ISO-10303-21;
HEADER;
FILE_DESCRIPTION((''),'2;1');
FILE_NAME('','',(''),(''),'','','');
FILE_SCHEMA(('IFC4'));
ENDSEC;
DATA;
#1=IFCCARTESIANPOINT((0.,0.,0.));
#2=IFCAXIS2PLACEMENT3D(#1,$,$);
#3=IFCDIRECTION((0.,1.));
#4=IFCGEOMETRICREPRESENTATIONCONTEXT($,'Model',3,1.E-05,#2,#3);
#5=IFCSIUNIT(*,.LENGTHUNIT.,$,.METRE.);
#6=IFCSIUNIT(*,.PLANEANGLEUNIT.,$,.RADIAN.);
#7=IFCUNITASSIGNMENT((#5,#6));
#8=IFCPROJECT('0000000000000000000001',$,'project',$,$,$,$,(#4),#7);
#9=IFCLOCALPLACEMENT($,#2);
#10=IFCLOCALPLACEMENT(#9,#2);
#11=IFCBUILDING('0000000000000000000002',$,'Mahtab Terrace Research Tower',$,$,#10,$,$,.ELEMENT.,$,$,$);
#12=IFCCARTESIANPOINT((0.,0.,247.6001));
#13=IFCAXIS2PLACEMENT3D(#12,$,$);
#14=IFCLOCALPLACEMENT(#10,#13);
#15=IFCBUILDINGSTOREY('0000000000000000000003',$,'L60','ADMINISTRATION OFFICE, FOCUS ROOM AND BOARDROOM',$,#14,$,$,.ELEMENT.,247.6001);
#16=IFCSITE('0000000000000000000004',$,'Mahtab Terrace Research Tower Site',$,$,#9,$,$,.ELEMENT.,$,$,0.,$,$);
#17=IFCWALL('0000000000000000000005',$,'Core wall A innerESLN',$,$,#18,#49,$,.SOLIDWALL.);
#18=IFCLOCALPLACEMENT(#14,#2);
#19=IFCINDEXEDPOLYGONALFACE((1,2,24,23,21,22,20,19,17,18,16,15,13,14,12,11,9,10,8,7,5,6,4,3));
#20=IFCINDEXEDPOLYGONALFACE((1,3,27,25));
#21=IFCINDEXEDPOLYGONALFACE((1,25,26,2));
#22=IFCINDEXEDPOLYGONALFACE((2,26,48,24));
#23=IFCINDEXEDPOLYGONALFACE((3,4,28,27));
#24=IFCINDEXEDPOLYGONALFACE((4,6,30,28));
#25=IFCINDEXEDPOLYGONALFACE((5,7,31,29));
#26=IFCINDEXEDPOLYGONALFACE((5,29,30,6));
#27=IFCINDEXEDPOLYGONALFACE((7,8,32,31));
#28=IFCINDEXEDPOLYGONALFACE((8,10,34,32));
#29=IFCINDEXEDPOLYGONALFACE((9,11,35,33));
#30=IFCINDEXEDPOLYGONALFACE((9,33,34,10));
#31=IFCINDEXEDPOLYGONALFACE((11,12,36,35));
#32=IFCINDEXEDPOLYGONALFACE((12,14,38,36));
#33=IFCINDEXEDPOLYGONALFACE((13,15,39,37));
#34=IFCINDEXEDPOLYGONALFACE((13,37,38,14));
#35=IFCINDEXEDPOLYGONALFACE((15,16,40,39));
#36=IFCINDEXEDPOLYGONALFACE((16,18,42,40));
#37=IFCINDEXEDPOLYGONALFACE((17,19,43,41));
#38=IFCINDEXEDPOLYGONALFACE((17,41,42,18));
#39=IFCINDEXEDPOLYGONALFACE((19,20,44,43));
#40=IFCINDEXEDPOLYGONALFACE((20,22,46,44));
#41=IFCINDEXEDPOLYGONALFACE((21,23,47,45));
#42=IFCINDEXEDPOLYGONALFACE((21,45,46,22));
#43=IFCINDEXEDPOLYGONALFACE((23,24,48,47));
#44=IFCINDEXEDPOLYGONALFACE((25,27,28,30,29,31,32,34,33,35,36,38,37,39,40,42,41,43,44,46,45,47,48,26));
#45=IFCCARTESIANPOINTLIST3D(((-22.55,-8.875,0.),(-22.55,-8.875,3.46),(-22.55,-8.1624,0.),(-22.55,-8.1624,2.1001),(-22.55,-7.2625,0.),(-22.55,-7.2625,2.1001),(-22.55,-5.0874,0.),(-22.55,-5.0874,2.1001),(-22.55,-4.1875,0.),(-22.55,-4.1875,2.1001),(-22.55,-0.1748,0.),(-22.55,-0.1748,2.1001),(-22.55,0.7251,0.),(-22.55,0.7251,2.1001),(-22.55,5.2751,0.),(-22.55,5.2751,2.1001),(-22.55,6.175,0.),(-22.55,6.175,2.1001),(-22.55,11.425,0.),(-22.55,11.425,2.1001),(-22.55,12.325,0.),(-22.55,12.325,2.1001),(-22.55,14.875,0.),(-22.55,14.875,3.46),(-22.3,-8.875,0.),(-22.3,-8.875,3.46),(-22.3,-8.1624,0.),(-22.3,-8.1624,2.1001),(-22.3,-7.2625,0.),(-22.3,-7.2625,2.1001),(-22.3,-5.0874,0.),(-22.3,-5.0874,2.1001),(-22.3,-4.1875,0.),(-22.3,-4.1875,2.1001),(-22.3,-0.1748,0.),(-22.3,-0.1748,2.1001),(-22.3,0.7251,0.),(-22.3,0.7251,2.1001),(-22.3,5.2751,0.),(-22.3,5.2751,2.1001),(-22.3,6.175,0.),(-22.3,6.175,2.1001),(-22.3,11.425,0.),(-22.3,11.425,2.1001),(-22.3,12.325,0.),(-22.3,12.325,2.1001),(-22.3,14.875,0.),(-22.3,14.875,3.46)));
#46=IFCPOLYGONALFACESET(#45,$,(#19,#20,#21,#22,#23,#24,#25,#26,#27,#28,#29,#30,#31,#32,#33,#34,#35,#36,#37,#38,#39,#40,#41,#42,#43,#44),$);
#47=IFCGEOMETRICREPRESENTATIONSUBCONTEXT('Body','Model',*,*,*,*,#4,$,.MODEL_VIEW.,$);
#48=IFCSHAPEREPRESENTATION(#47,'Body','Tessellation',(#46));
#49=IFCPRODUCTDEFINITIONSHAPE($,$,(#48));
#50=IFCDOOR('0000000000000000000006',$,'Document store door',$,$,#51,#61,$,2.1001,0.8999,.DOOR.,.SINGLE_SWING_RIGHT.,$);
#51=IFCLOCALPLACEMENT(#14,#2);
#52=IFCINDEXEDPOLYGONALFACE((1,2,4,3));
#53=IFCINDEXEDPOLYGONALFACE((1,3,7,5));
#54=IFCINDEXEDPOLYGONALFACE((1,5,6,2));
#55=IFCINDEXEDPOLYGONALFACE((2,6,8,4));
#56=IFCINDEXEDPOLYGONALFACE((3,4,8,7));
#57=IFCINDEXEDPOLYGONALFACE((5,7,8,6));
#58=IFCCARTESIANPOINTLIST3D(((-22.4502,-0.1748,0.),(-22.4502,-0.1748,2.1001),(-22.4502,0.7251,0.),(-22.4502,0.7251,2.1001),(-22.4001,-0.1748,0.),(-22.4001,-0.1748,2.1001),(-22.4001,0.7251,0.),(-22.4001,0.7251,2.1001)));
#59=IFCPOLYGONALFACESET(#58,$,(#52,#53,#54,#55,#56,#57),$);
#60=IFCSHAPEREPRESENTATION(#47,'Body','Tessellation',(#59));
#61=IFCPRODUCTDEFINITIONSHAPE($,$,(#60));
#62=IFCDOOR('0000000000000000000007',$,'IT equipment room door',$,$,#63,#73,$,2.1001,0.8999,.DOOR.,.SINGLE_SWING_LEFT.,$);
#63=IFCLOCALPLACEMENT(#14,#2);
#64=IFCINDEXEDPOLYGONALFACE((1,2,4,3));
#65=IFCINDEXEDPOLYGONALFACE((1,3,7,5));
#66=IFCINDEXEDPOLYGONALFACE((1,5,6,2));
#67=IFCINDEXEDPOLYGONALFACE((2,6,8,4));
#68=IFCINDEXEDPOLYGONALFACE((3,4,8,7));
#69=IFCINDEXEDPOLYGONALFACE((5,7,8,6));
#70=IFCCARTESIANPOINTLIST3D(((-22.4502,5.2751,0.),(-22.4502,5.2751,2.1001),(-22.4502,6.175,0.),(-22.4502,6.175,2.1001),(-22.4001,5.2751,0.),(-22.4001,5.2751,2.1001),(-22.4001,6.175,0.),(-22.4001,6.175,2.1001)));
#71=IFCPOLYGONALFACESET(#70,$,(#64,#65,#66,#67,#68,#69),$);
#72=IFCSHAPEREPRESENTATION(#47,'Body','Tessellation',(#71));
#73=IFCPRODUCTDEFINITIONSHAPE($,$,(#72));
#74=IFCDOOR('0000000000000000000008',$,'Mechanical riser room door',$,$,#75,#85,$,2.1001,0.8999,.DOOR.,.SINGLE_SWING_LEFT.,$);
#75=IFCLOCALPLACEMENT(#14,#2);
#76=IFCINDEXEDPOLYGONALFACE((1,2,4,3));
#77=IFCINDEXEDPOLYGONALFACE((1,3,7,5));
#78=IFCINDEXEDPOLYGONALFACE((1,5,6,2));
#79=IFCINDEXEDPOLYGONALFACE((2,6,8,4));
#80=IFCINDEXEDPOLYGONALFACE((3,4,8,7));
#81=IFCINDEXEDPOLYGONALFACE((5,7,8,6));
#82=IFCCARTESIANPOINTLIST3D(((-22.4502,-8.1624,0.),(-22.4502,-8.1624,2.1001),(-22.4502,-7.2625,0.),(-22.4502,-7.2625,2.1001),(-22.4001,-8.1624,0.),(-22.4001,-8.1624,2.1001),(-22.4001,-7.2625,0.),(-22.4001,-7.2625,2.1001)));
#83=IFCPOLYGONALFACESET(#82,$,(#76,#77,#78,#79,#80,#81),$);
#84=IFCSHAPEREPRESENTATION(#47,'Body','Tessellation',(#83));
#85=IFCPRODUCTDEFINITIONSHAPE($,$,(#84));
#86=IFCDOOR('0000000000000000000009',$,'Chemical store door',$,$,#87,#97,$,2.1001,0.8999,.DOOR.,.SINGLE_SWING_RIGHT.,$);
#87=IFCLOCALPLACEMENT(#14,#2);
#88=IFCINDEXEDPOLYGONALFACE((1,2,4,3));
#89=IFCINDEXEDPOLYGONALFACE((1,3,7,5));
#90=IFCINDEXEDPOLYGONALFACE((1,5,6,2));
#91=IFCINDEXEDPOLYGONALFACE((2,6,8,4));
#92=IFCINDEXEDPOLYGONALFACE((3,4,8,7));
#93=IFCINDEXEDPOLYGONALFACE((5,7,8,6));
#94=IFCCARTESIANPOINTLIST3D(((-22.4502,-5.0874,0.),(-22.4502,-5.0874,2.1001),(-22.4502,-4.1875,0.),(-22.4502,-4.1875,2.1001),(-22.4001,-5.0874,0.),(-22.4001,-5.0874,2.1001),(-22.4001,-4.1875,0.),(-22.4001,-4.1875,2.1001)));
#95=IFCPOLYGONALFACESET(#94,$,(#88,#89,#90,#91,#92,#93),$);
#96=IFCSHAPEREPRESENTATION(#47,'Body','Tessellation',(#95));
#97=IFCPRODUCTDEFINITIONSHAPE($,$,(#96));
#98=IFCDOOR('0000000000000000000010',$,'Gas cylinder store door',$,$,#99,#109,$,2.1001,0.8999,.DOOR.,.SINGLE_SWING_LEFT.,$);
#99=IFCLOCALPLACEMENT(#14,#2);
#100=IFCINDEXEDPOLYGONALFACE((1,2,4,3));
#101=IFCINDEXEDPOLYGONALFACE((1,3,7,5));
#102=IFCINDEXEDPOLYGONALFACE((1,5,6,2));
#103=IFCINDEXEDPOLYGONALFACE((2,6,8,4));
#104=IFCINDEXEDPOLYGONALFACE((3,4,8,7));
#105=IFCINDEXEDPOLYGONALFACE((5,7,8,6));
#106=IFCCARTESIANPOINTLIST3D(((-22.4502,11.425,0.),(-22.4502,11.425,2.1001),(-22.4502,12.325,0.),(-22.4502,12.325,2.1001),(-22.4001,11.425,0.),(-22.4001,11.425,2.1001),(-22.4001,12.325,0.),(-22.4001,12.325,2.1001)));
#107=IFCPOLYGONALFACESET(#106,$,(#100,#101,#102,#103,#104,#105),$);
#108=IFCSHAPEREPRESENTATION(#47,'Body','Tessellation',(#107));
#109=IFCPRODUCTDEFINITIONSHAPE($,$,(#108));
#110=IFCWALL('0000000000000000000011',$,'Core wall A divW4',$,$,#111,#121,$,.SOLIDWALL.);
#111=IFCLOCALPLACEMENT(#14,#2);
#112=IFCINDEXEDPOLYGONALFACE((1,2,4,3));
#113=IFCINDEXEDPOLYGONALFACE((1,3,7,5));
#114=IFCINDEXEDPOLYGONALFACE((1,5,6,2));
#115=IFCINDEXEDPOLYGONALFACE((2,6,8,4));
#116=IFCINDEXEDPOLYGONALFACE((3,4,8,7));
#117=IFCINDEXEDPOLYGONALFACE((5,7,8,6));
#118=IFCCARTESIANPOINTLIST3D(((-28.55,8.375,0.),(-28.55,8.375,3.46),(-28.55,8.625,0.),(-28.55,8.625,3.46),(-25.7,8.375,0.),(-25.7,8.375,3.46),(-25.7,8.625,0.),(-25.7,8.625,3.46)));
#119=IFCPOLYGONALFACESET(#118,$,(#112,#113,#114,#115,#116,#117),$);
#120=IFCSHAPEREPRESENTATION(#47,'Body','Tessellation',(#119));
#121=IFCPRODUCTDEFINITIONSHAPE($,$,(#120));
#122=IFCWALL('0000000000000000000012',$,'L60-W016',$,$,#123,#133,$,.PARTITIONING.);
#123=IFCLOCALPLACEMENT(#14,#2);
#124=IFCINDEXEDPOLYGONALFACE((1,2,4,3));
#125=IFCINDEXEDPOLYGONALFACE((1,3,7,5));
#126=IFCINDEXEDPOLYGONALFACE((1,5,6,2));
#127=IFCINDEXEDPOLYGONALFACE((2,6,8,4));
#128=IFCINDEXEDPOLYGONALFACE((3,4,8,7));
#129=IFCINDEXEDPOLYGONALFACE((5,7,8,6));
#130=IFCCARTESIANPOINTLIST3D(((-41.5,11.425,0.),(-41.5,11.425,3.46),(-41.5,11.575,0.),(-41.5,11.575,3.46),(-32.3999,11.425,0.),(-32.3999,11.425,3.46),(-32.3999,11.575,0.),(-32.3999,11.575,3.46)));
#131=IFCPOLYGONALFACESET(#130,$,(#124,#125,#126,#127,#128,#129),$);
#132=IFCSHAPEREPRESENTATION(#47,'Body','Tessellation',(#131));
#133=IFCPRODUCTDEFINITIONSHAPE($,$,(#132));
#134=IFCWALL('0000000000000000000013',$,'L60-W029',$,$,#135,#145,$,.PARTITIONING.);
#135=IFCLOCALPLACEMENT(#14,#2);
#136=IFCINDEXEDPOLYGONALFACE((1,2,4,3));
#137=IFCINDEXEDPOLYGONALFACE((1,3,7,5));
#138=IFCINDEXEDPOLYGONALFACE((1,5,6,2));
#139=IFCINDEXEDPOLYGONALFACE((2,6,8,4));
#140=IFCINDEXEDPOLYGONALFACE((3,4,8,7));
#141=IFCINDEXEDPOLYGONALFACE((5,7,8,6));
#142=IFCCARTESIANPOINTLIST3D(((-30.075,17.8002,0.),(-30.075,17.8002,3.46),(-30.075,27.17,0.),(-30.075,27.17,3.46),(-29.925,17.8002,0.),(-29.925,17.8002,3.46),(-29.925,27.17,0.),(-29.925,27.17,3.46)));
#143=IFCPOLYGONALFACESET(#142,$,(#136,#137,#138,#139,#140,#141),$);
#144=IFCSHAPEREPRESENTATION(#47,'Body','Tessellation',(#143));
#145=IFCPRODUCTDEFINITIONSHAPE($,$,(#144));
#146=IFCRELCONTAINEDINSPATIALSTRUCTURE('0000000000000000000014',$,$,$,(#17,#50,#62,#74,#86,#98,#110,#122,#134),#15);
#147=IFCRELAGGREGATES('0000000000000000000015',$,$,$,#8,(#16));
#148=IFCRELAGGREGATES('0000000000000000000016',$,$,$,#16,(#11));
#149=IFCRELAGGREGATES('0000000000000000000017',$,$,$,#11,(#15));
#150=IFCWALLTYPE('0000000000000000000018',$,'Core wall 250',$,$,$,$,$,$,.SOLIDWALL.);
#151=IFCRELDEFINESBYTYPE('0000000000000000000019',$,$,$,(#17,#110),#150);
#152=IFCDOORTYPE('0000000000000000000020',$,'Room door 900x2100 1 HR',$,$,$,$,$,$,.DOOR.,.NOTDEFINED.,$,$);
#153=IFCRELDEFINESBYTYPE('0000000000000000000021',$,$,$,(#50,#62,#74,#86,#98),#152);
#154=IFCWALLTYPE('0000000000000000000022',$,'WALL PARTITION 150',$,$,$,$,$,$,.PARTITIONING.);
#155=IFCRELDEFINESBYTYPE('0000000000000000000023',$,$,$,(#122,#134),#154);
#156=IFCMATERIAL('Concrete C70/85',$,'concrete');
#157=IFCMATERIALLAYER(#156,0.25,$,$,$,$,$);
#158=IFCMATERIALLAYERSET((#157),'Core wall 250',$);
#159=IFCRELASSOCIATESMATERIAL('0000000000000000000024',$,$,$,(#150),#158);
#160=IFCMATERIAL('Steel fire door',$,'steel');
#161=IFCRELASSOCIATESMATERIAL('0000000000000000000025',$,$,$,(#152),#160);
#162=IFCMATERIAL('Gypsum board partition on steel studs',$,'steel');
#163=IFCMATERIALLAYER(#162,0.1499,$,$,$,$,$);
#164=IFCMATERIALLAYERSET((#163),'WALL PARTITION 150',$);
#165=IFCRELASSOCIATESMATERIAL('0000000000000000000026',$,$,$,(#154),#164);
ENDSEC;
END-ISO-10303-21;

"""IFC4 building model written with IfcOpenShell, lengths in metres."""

from ifc_helpers import new_model, si_unit, direction, frame, frame_2d, origin, place, context, subcontext, project, spatial, rectangle, extrude, material, layer, layer_set, type_object, element, fill, save


model = new_model("IFC4")

# Units and contexts
model_context = context("Model", 3, precision=1e-05, world=origin(), true_north=direction((0.0, 1.0)))
body_context = subcontext(model_context, "Body", "Model", "MODEL_VIEW")
ifc_project = project(units=[si_unit("LENGTHUNIT", "METRE"), si_unit("PLANEANGLEUNIT", "RADIAN")], contexts=[model_context])

# Site, building, storey
site_placement = place(None, origin())
site = spatial("IfcSite", under=ifc_project, at=site_placement, Name="Mahtab Terrace Research Tower Site", CompositionType="ELEMENT", RefElevation=0.0)
building_placement = place(site_placement, origin())
building = spatial("IfcBuilding", under=site, at=building_placement, Name="Mahtab Terrace Research Tower", CompositionType="ELEMENT")
storey_placement = place(building_placement, frame((0.0, 0.0, 247.6001)))
storey = spatial("IfcBuildingStorey", under=building, at=storey_placement, Name="L60", Description="ADMINISTRATION OFFICE, FOCUS ROOM AND BOARDROOM", CompositionType="ELEMENT", Elevation=247.6001)

# Shared definitions
ifc_material_1 = material(Name="Concrete C70/85", Category="concrete")

# Shared definitions
ifc_layer_1 = layer(ifc_material_1, 0.25)
ifc_layer_set_1 = layer_set([ifc_layer_1], Name="Core wall 250")
wall_type_1 = type_object("IfcWallType", Name="Core wall 250", PredefinedType="SOLIDWALL", material=ifc_layer_set_1)

# Shared definitions
ifc_material_2 = material(Name="Steel fire door", Category="steel")

# Wall, openings, doors
wall_1_placement = place(storey_placement, frame((-22.425, 14.875, 0.0), z_axis=(0.0, 0.0, 1.0), x_axis=(0.0, -1.0, 0.0)))
wall_1 = element("IfcWall", 1, at=wall_1_placement, inside=storey, type_object=wall_type_1, Name="Core wall A innerESLN", PredefinedType="SOLIDWALL", context=body_context, shape_type="SweptSolid", body=[
    extrude(rectangle(XDim=23.75, YDim=0.25, at=frame_2d((11.875, 0.0))), origin(), (0.0, 0.0, 1.0), 3.46),
])
opening_1_placement = place(wall_1_placement, frame((14.1499, 0.0, 0.0)))
opening_1 = element("IfcOpeningElement", 2, at=opening_1_placement, cuts=wall_1, PredefinedType="OPENING", context=body_context, shape_type="SweptSolid", body=[
    extrude(rectangle(XDim=0.8999, YDim=2.1001, at=frame_2d((0.45, 1.05))), frame((0.0, 0.135, 0.0), z_axis=(0.0, -1.0, 0.0), x_axis=(1.0, 0.0, 0.0)), (0.0, 0.0, 1.0), 0.27),
])
opening_2_placement = place(wall_1_placement, frame((8.7, 0.0, 0.0)))
opening_2 = element("IfcOpeningElement", 3, at=opening_2_placement, cuts=wall_1, PredefinedType="OPENING", context=body_context, shape_type="SweptSolid", body=[
    extrude(rectangle(XDim=0.8999, YDim=2.1001, at=frame_2d((0.45, 1.05))), frame((0.0, 0.135, 0.0), z_axis=(0.0, -1.0, 0.0), x_axis=(1.0, 0.0, 0.0)), (0.0, 0.0, 1.0), 0.27),
])
opening_3_placement = place(wall_1_placement, frame((22.1375, 0.0, 0.0)))
opening_3 = element("IfcOpeningElement", 4, at=opening_3_placement, cuts=wall_1, PredefinedType="OPENING", context=body_context, shape_type="SweptSolid", body=[
    extrude(rectangle(XDim=0.8999, YDim=2.1001, at=frame_2d((0.45, 1.05))), frame((0.0, 0.135, 0.0), z_axis=(0.0, -1.0, 0.0), x_axis=(1.0, 0.0, 0.0)), (0.0, 0.0, 1.0), 0.27),
])
opening_4_placement = place(wall_1_placement, frame((19.0625, 0.0, 0.0)))
opening_4 = element("IfcOpeningElement", 5, at=opening_4_placement, cuts=wall_1, PredefinedType="OPENING", context=body_context, shape_type="SweptSolid", body=[
    extrude(rectangle(XDim=0.8999, YDim=2.1001, at=frame_2d((0.45, 1.05))), frame((0.0, 0.135, 0.0), z_axis=(0.0, -1.0, 0.0), x_axis=(1.0, 0.0, 0.0)), (0.0, 0.0, 1.0), 0.27),
])
opening_5_placement = place(wall_1_placement, frame((2.55, 0.0, 0.0)))
opening_5 = element("IfcOpeningElement", 6, at=opening_5_placement, cuts=wall_1, PredefinedType="OPENING", context=body_context, shape_type="SweptSolid", body=[
    extrude(rectangle(XDim=0.8999, YDim=2.1001, at=frame_2d((0.45, 1.05))), frame((0.0, 0.135, 0.0), z_axis=(0.0, -1.0, 0.0), x_axis=(1.0, 0.0, 0.0)), (0.0, 0.0, 1.0), 0.27),
])
door_type_1 = type_object("IfcDoorType", Name="Room door 900x2100 1 HR", OperationType="NOTDEFINED", PredefinedType="DOOR", material=ifc_material_2)
door_1_placement = place(opening_1_placement, origin())
door_1 = element("IfcDoor", 7, at=door_1_placement, inside=storey, type_object=door_type_1, Name="Document store door", OperationType="SINGLE_SWING_RIGHT", OverallHeight=2.1001, OverallWidth=0.8999, PredefinedType="DOOR", context=body_context, shape_type="SweptSolid", body=[
    extrude(rectangle(XDim=0.8999, YDim=2.1001, at=frame_2d((0.45, 1.05))), frame((0.0, 0.0249, 0.0), z_axis=(0.0, -1.0, 0.0), x_axis=(1.0, 0.0, 0.0)), (0.0, 0.0, 1.0), 0.05),
])
fill(opening_1, door_1)
door_2_placement = place(opening_2_placement, origin())
door_2 = element("IfcDoor", 8, at=door_2_placement, inside=storey, type_object=door_type_1, Name="IT equipment room door", OperationType="SINGLE_SWING_LEFT", OverallHeight=2.1001, OverallWidth=0.8999, PredefinedType="DOOR", context=body_context, shape_type="SweptSolid", body=[
    extrude(rectangle(XDim=0.8999, YDim=2.1001, at=frame_2d((0.45, 1.05))), frame((0.0, 0.0249, 0.0), z_axis=(0.0, -1.0, 0.0), x_axis=(1.0, 0.0, 0.0)), (0.0, 0.0, 1.0), 0.05),
])
fill(opening_2, door_2)
door_3_placement = place(opening_3_placement, origin())
door_3 = element("IfcDoor", 9, at=door_3_placement, inside=storey, type_object=door_type_1, Name="Mechanical riser room door", OperationType="SINGLE_SWING_LEFT", OverallHeight=2.1001, OverallWidth=0.8999, PredefinedType="DOOR", context=body_context, shape_type="SweptSolid", body=[
    extrude(rectangle(XDim=0.8999, YDim=2.1001, at=frame_2d((0.45, 1.05))), frame((0.0, 0.0249, 0.0), z_axis=(0.0, -1.0, 0.0), x_axis=(1.0, 0.0, 0.0)), (0.0, 0.0, 1.0), 0.05),
])
fill(opening_3, door_3)
door_4_placement = place(opening_4_placement, origin())
door_4 = element("IfcDoor", 10, at=door_4_placement, inside=storey, type_object=door_type_1, Name="Chemical store door", OperationType="SINGLE_SWING_RIGHT", OverallHeight=2.1001, OverallWidth=0.8999, PredefinedType="DOOR", context=body_context, shape_type="SweptSolid", body=[
    extrude(rectangle(XDim=0.8999, YDim=2.1001, at=frame_2d((0.45, 1.05))), frame((0.0, 0.0249, 0.0), z_axis=(0.0, -1.0, 0.0), x_axis=(1.0, 0.0, 0.0)), (0.0, 0.0, 1.0), 0.05),
])
fill(opening_4, door_4)
door_5_placement = place(opening_5_placement, origin())
door_5 = element("IfcDoor", 11, at=door_5_placement, inside=storey, type_object=door_type_1, Name="Gas cylinder store door", OperationType="SINGLE_SWING_LEFT", OverallHeight=2.1001, OverallWidth=0.8999, PredefinedType="DOOR", context=body_context, shape_type="SweptSolid", body=[
    extrude(rectangle(XDim=0.8999, YDim=2.1001, at=frame_2d((0.45, 1.05))), frame((0.0, 0.0249, 0.0), z_axis=(0.0, -1.0, 0.0), x_axis=(1.0, 0.0, 0.0)), (0.0, 0.0, 1.0), 0.05),
])
fill(opening_5, door_5)

# Walls
wall_2_placement = place(storey_placement, frame((-28.55, 8.5, 0.0), z_axis=(0.0, 0.0, 1.0), x_axis=(1.0, 0.0, 0.0)))
element("IfcWall", 12, at=wall_2_placement, inside=storey, type_object=wall_type_1, Name="Core wall A divW4", PredefinedType="SOLIDWALL", context=body_context, shape_type="SweptSolid", body=[
    extrude(rectangle(XDim=2.8501, YDim=0.25, at=frame_2d((1.425, 0.0))), origin(), (0.0, 0.0, 1.0), 3.46),
])
ifc_material_3 = material(Name="Gypsum board partition on steel studs", Category="steel")
ifc_layer_2 = layer(ifc_material_3, 0.1499)
ifc_layer_set_2 = layer_set([ifc_layer_2], Name="WALL PARTITION 150")
wall_type_2 = type_object("IfcWallType", Name="WALL PARTITION 150", PredefinedType="PARTITIONING", material=ifc_layer_set_2)
wall_3_placement = place(storey_placement, frame((-41.5, 11.5, 0.0), z_axis=(0.0, 0.0, 1.0), x_axis=(1.0, 0.0, 0.0)))
element("IfcWall", 13, at=wall_3_placement, inside=storey, type_object=wall_type_2, Name="L60-W016", PredefinedType="PARTITIONING", context=body_context, shape_type="SweptSolid", body=[
    extrude(rectangle(XDim=9.1001, YDim=0.1499, at=frame_2d((4.55, 0.0))), origin(), (0.0, 0.0, 1.0), 3.46),
])
wall_4_placement = place(storey_placement, frame((-30.0, 17.8, 0.0), z_axis=(0.0, 0.0, 1.0), x_axis=(0.0, 1.0, 0.0)))
element("IfcWall", 14, at=wall_4_placement, inside=storey, type_object=wall_type_2, Name="L60-W029", PredefinedType="PARTITIONING", context=body_context, shape_type="SweptSolid", body=[
    extrude(rectangle(XDim=9.3699, YDim=0.1499, at=frame_2d((4.6851, 0.0))), origin(), (0.0, 0.0, 1.0), 3.46),
])

save(model, "model.ifc")
